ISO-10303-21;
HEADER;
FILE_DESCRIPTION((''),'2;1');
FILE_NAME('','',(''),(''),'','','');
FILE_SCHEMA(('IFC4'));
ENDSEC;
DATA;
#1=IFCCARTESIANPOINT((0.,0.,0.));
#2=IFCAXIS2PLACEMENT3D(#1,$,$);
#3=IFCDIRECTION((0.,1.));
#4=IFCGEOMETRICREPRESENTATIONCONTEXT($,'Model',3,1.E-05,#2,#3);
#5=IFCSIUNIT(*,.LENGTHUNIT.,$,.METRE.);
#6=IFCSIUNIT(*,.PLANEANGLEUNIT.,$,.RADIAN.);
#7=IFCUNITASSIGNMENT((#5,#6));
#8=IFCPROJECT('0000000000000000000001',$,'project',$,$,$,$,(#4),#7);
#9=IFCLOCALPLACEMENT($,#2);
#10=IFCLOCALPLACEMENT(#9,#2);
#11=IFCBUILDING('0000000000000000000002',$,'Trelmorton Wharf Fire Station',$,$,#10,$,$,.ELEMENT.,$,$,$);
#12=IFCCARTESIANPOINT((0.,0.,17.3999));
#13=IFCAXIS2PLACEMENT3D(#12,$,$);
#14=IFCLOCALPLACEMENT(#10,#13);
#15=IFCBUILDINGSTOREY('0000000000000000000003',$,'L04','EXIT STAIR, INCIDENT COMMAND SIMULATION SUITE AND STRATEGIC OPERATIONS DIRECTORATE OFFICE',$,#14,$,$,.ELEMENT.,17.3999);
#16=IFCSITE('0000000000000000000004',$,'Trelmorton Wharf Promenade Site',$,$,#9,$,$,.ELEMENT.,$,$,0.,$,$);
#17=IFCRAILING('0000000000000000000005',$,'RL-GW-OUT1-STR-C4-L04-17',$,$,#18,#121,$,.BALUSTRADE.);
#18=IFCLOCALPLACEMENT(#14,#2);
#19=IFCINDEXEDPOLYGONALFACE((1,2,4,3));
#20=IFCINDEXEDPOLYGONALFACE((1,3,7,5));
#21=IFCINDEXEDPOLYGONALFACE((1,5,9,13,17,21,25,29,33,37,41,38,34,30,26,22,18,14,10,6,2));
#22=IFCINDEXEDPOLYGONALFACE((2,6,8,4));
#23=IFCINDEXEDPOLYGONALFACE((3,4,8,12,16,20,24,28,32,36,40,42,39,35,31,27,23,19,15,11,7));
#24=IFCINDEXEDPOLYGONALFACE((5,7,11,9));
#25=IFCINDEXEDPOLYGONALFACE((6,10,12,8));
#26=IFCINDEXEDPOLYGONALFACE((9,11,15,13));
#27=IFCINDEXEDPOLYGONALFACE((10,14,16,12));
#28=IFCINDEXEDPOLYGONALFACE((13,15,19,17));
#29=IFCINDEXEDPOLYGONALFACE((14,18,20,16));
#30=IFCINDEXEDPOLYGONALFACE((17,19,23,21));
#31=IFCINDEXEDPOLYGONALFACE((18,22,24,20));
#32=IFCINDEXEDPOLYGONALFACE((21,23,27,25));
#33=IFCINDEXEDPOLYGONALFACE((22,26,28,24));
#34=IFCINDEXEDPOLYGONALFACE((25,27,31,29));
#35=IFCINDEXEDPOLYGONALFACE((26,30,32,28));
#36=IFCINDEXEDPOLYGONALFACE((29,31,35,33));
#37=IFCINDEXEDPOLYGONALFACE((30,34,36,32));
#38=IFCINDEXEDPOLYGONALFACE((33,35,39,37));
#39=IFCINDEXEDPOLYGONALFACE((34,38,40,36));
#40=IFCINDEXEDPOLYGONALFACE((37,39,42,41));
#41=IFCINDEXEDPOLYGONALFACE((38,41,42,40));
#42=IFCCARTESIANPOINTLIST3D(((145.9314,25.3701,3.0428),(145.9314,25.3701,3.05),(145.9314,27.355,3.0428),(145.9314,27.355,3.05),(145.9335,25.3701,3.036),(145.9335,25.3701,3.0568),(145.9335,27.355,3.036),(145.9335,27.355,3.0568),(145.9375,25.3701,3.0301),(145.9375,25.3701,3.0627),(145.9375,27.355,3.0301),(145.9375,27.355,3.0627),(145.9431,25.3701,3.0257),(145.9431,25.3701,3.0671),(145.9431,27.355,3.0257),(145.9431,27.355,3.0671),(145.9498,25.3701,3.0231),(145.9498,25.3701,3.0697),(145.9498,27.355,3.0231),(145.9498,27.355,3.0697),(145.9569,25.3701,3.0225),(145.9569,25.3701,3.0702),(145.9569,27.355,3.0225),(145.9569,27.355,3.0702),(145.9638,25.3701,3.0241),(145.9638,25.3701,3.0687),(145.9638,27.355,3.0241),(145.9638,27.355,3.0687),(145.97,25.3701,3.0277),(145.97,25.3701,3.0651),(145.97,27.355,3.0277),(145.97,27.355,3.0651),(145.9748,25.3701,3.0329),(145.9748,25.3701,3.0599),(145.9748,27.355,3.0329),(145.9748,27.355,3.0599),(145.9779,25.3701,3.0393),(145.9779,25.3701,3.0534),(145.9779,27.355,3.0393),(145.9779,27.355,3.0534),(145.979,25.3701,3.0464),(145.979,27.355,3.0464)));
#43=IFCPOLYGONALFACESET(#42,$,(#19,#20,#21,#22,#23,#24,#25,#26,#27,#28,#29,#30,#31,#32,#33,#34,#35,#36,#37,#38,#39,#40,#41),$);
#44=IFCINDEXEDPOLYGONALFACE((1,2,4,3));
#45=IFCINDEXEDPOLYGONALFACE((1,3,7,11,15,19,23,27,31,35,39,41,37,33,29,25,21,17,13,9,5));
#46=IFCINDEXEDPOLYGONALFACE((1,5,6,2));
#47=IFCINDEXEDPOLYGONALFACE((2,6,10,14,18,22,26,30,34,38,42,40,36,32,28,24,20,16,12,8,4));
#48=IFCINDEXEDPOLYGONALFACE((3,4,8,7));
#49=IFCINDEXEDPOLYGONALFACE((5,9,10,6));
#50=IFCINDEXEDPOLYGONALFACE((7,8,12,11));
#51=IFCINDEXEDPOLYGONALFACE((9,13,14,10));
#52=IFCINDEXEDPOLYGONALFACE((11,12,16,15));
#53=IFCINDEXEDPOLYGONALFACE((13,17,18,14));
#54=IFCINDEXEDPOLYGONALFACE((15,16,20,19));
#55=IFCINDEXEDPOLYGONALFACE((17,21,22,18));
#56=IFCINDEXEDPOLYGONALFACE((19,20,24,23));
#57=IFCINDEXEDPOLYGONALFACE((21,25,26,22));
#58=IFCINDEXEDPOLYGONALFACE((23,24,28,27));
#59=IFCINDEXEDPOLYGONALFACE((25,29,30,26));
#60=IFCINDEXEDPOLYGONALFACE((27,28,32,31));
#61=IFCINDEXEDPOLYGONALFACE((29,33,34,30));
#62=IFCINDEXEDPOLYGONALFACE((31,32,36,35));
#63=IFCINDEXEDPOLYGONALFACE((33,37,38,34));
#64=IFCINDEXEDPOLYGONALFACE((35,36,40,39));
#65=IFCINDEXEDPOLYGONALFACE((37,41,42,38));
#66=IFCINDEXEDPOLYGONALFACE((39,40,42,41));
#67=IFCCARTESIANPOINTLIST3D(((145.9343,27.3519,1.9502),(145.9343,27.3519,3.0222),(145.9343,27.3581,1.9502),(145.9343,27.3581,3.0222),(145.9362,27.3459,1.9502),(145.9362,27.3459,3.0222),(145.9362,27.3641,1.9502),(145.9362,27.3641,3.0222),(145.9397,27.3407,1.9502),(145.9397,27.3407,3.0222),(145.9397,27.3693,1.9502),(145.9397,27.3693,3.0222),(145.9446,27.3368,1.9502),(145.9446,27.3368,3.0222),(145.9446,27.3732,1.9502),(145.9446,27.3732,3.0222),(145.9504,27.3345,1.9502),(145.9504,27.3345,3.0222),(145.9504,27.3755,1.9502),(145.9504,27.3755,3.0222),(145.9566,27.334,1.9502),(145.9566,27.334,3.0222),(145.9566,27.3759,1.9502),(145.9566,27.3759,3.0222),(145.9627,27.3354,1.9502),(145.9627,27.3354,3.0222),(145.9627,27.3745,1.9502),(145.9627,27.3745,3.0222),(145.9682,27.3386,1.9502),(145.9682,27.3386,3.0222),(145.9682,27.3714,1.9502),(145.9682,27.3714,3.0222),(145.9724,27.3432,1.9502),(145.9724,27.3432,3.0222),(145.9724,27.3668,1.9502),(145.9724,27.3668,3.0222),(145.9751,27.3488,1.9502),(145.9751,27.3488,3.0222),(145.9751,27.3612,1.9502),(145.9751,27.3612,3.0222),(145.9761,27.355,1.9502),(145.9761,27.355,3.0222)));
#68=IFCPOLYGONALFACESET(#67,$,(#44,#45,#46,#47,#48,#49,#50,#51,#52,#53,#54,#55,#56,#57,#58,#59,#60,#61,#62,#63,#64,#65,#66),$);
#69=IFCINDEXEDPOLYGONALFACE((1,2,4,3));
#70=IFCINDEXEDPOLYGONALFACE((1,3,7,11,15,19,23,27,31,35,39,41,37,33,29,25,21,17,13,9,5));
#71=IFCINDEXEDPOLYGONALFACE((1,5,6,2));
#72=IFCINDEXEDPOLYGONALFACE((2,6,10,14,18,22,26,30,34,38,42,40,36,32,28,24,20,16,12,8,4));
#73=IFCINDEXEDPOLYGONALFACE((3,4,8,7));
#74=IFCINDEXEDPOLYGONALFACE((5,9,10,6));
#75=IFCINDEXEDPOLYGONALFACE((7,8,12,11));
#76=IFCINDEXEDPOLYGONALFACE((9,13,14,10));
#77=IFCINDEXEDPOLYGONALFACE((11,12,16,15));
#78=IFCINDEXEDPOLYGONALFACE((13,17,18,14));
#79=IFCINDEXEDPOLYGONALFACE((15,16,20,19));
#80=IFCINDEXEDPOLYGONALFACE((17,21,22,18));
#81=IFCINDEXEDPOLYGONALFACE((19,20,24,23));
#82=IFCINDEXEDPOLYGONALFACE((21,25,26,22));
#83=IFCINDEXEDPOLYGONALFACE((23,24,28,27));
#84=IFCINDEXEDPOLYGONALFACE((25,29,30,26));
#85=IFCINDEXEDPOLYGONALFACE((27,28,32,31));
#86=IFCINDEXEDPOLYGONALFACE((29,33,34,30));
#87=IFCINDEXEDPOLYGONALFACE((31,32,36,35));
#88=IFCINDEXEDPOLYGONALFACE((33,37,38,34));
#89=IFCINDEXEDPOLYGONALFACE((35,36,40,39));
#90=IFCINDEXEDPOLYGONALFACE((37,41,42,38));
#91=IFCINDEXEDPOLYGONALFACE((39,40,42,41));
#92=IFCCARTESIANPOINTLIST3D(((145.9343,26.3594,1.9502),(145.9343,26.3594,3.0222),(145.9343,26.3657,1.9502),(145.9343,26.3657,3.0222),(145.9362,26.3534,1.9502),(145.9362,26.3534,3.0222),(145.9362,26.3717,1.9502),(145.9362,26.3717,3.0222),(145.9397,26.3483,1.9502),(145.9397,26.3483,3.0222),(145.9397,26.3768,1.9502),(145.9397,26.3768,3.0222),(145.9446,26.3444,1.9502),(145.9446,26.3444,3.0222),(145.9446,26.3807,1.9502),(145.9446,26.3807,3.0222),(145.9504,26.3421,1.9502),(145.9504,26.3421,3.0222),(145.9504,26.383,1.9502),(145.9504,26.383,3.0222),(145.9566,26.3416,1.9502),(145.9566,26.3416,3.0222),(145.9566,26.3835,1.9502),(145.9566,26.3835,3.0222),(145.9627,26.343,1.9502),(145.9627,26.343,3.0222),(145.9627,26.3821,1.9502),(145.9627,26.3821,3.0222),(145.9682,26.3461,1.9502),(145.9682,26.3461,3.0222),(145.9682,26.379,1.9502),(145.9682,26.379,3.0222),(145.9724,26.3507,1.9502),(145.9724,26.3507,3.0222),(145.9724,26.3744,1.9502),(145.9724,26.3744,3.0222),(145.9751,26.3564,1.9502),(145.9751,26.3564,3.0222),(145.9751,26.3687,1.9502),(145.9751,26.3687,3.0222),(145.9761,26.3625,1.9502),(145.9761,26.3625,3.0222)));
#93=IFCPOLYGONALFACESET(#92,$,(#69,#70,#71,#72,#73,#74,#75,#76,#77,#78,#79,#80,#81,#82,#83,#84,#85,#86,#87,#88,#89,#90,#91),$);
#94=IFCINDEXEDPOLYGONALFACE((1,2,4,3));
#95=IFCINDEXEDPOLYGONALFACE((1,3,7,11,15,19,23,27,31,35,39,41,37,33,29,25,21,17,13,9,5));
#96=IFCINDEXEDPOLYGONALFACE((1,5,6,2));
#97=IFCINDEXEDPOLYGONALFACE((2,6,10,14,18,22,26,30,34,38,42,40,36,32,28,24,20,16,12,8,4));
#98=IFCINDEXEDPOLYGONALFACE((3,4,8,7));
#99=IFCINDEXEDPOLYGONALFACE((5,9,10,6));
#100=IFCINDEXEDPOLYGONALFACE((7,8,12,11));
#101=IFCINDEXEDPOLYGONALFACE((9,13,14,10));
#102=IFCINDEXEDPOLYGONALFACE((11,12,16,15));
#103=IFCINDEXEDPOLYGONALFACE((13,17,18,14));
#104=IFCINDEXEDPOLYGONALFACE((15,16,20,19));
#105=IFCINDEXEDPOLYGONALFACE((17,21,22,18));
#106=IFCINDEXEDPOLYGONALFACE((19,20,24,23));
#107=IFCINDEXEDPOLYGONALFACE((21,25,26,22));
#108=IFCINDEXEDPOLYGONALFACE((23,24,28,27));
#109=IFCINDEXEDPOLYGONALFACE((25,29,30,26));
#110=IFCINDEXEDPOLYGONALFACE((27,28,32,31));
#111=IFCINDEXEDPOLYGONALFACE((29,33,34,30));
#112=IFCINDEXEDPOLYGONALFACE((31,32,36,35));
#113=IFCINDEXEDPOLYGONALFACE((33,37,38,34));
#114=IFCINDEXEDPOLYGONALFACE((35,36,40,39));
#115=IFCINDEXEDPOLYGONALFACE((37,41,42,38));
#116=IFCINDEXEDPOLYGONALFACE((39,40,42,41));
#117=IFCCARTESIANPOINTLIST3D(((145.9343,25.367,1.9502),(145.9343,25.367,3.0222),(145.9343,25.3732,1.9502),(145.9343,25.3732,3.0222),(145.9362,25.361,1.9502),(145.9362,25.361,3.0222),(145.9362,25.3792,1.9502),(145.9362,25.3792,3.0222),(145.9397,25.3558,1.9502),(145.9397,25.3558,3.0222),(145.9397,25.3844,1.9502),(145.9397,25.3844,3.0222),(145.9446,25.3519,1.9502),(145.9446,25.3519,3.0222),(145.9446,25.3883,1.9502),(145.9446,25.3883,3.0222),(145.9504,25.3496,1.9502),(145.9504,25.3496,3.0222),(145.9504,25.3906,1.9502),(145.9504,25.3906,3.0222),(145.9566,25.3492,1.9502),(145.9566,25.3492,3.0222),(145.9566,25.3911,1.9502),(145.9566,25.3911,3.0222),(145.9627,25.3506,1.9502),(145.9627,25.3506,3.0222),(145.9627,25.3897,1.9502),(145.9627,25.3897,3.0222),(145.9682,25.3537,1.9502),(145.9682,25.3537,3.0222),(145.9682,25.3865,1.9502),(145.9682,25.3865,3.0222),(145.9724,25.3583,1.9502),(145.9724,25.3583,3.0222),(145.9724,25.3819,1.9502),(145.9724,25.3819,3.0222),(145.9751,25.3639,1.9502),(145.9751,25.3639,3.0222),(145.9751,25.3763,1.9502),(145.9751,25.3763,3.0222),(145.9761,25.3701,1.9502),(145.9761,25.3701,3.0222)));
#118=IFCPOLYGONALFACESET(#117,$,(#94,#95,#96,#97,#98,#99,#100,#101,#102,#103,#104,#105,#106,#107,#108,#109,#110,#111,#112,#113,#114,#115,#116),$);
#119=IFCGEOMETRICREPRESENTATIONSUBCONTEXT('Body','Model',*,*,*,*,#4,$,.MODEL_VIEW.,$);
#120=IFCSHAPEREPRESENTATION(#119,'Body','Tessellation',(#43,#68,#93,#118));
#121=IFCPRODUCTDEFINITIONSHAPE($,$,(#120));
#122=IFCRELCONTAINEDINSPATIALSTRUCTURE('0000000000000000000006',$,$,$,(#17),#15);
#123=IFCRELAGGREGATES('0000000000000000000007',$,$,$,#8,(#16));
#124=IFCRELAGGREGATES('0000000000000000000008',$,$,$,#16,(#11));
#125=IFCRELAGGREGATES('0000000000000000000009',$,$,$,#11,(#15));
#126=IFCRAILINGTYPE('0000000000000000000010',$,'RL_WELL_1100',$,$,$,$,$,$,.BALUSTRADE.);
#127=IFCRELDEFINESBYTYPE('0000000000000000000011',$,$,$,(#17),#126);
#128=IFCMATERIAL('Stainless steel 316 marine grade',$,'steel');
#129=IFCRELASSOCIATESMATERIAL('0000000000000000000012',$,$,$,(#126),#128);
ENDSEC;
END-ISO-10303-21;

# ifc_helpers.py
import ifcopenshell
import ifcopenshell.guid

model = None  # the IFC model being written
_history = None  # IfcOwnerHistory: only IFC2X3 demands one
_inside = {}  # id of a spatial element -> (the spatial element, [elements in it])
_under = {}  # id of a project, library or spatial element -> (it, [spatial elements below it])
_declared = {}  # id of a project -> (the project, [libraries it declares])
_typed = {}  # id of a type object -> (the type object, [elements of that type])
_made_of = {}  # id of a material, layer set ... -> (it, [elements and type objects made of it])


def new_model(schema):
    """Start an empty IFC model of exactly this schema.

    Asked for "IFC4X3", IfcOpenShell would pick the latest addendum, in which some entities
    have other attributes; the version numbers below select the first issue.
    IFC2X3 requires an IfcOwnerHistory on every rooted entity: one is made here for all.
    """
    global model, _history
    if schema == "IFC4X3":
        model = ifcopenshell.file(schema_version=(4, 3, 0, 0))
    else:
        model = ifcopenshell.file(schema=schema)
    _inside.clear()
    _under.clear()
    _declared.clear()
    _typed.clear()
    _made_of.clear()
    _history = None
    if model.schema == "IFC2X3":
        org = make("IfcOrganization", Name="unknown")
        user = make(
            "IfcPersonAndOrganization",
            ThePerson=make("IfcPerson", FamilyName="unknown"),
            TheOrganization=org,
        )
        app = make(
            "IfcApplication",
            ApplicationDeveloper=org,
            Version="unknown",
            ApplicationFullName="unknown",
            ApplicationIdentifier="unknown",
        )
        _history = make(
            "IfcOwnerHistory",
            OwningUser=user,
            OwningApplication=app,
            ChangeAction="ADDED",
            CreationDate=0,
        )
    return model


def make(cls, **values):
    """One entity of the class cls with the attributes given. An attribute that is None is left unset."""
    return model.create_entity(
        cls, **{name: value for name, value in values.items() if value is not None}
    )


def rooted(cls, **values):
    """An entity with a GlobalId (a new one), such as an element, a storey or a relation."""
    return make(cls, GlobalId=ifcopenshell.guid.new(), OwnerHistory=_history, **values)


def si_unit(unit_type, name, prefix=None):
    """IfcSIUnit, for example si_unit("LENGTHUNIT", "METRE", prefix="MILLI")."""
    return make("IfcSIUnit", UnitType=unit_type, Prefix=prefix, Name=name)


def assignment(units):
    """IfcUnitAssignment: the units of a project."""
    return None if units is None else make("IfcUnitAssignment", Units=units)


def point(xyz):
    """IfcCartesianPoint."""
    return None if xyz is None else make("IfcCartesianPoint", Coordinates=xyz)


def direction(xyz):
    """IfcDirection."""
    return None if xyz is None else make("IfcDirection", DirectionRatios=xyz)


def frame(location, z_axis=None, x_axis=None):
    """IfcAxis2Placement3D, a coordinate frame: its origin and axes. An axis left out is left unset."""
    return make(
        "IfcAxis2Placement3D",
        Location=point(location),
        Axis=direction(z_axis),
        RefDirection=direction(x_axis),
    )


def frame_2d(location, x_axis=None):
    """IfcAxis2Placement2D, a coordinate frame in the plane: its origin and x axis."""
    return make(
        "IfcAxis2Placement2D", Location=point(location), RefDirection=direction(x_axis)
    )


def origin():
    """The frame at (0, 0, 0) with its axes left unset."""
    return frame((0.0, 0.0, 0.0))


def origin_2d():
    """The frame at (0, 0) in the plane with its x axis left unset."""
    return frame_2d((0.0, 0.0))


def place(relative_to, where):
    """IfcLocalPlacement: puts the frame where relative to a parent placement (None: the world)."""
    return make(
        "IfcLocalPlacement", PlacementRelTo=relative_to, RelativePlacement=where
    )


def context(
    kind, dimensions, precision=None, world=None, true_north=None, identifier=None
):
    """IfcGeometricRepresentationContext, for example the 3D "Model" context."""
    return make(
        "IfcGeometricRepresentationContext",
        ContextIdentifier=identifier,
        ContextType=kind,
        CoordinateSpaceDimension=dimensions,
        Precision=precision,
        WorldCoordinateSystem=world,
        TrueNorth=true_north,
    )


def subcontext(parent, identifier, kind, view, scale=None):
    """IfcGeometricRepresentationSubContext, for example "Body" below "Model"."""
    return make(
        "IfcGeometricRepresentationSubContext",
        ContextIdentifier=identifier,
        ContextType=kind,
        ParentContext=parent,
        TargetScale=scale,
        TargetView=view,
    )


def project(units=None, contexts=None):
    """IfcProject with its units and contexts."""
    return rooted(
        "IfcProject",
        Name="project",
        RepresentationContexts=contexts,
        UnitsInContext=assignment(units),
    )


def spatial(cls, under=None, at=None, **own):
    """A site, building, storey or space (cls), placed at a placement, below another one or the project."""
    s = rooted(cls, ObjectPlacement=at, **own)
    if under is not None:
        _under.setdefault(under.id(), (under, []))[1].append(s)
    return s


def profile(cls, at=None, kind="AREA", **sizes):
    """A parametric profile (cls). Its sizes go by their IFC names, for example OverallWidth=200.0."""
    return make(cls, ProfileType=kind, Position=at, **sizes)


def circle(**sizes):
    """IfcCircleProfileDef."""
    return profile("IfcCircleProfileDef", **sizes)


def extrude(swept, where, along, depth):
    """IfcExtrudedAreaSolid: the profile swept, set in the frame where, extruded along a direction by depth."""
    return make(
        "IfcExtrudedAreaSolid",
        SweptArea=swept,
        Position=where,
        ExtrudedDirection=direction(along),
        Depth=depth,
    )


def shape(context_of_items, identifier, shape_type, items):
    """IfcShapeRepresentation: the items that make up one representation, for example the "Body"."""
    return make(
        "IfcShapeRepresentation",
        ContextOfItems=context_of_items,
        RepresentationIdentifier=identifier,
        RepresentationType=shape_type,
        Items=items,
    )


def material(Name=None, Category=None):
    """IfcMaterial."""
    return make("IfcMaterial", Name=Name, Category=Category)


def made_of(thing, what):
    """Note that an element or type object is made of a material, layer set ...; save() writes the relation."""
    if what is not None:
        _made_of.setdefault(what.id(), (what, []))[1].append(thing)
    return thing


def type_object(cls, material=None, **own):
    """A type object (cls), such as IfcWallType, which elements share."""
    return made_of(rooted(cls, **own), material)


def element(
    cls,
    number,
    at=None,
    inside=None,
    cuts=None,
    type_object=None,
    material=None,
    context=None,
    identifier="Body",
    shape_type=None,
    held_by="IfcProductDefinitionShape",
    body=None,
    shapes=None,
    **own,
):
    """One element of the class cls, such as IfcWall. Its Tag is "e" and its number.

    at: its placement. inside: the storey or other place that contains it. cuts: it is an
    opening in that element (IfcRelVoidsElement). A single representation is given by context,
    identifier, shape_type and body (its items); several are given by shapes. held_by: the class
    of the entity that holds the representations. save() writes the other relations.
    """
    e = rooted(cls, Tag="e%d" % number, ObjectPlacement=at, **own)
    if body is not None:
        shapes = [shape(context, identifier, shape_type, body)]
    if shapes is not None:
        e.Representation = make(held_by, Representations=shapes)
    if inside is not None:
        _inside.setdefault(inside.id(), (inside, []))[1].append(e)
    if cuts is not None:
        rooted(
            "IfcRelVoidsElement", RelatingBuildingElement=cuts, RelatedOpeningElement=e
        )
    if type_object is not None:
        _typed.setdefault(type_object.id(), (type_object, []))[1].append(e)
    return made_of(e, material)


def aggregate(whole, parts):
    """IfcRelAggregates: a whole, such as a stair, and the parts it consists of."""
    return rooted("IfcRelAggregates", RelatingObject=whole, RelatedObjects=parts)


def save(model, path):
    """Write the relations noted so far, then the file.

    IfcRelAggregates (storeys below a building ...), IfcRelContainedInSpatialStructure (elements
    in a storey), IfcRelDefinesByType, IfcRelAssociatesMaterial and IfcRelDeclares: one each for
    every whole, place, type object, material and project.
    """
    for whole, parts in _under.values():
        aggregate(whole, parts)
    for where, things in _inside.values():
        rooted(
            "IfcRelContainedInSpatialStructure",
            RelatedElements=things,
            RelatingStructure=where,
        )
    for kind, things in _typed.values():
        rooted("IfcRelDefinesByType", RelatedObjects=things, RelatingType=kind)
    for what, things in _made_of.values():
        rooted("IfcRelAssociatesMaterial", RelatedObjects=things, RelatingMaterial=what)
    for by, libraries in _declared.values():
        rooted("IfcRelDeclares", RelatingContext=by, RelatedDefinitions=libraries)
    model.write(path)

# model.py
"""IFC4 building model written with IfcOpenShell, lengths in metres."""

from ifc_helpers import new_model, si_unit, direction, frame, origin, origin_2d, place, context, subcontext, project, spatial, circle, extrude, material, type_object, element, save


model = new_model("IFC4")

# Units and contexts
model_context = context("Model", 3, precision=1e-05, world=origin(), true_north=direction((0.0, 1.0)))
body_context = subcontext(model_context, "Body", "Model", "MODEL_VIEW")
ifc_project = project(units=[si_unit("LENGTHUNIT", "METRE"), si_unit("PLANEANGLEUNIT", "RADIAN")], contexts=[model_context])

# Site, building, storey
site_placement = place(None, origin())
site = spatial("IfcSite", under=ifc_project, at=site_placement, Name="Trelmorton Wharf Promenade Site", CompositionType="ELEMENT", RefElevation=0.0)
building_placement = place(site_placement, origin())
building = spatial("IfcBuilding", under=site, at=building_placement, Name="Trelmorton Wharf Fire Station", CompositionType="ELEMENT")
storey_placement = place(building_placement, frame((0.0, 0.0, 17.3999)))
storey = spatial("IfcBuildingStorey", under=building, at=storey_placement, Name="L04", Description="EXIT STAIR, INCIDENT COMMAND SIMULATION SUITE AND STRATEGIC OPERATIONS DIRECTORATE OFFICE", CompositionType="ELEMENT", Elevation=17.3999)

# Shared definitions
ifc_material_1 = material(Name="Stainless steel 316 marine grade", Category="steel")

# Railing
railing_type_1 = type_object("IfcRailingType", Name="RL_WELL_1100", PredefinedType="BALUSTRADE", material=ifc_material_1)
railing_1_placement = place(storey_placement, frame((145.9551, 27.355, 1.9502)))
element("IfcRailing", 1, at=railing_1_placement, inside=storey, type_object=railing_type_1, Name="RL-GW-OUT1-STR-C4-L04-17", PredefinedType="BALUSTRADE", context=body_context, shape_type="SweptSolid", body=[
    extrude(circle(Radius=0.0239, at=origin_2d()), frame((0.0, 0.0, 1.0962), z_axis=(0.0, -1.0, 0.0), x_axis=(1.0, 0.0, 0.0)), (0.0, 0.0, 1.0), 1.9849),
    extrude(circle(Radius=0.021, at=origin_2d()), origin(), (0.0, 0.0, 1.0), 1.072),
    extrude(circle(Radius=0.021, at=origin_2d()), frame((0.0, -0.9924, 0.0)), (0.0, 0.0, 1.0), 1.072),
    extrude(circle(Radius=0.021, at=origin_2d()), frame((0.0, -1.9849, 0.0)), (0.0, 0.0, 1.0), 1.072),
])

save(model, "model.ifc")
